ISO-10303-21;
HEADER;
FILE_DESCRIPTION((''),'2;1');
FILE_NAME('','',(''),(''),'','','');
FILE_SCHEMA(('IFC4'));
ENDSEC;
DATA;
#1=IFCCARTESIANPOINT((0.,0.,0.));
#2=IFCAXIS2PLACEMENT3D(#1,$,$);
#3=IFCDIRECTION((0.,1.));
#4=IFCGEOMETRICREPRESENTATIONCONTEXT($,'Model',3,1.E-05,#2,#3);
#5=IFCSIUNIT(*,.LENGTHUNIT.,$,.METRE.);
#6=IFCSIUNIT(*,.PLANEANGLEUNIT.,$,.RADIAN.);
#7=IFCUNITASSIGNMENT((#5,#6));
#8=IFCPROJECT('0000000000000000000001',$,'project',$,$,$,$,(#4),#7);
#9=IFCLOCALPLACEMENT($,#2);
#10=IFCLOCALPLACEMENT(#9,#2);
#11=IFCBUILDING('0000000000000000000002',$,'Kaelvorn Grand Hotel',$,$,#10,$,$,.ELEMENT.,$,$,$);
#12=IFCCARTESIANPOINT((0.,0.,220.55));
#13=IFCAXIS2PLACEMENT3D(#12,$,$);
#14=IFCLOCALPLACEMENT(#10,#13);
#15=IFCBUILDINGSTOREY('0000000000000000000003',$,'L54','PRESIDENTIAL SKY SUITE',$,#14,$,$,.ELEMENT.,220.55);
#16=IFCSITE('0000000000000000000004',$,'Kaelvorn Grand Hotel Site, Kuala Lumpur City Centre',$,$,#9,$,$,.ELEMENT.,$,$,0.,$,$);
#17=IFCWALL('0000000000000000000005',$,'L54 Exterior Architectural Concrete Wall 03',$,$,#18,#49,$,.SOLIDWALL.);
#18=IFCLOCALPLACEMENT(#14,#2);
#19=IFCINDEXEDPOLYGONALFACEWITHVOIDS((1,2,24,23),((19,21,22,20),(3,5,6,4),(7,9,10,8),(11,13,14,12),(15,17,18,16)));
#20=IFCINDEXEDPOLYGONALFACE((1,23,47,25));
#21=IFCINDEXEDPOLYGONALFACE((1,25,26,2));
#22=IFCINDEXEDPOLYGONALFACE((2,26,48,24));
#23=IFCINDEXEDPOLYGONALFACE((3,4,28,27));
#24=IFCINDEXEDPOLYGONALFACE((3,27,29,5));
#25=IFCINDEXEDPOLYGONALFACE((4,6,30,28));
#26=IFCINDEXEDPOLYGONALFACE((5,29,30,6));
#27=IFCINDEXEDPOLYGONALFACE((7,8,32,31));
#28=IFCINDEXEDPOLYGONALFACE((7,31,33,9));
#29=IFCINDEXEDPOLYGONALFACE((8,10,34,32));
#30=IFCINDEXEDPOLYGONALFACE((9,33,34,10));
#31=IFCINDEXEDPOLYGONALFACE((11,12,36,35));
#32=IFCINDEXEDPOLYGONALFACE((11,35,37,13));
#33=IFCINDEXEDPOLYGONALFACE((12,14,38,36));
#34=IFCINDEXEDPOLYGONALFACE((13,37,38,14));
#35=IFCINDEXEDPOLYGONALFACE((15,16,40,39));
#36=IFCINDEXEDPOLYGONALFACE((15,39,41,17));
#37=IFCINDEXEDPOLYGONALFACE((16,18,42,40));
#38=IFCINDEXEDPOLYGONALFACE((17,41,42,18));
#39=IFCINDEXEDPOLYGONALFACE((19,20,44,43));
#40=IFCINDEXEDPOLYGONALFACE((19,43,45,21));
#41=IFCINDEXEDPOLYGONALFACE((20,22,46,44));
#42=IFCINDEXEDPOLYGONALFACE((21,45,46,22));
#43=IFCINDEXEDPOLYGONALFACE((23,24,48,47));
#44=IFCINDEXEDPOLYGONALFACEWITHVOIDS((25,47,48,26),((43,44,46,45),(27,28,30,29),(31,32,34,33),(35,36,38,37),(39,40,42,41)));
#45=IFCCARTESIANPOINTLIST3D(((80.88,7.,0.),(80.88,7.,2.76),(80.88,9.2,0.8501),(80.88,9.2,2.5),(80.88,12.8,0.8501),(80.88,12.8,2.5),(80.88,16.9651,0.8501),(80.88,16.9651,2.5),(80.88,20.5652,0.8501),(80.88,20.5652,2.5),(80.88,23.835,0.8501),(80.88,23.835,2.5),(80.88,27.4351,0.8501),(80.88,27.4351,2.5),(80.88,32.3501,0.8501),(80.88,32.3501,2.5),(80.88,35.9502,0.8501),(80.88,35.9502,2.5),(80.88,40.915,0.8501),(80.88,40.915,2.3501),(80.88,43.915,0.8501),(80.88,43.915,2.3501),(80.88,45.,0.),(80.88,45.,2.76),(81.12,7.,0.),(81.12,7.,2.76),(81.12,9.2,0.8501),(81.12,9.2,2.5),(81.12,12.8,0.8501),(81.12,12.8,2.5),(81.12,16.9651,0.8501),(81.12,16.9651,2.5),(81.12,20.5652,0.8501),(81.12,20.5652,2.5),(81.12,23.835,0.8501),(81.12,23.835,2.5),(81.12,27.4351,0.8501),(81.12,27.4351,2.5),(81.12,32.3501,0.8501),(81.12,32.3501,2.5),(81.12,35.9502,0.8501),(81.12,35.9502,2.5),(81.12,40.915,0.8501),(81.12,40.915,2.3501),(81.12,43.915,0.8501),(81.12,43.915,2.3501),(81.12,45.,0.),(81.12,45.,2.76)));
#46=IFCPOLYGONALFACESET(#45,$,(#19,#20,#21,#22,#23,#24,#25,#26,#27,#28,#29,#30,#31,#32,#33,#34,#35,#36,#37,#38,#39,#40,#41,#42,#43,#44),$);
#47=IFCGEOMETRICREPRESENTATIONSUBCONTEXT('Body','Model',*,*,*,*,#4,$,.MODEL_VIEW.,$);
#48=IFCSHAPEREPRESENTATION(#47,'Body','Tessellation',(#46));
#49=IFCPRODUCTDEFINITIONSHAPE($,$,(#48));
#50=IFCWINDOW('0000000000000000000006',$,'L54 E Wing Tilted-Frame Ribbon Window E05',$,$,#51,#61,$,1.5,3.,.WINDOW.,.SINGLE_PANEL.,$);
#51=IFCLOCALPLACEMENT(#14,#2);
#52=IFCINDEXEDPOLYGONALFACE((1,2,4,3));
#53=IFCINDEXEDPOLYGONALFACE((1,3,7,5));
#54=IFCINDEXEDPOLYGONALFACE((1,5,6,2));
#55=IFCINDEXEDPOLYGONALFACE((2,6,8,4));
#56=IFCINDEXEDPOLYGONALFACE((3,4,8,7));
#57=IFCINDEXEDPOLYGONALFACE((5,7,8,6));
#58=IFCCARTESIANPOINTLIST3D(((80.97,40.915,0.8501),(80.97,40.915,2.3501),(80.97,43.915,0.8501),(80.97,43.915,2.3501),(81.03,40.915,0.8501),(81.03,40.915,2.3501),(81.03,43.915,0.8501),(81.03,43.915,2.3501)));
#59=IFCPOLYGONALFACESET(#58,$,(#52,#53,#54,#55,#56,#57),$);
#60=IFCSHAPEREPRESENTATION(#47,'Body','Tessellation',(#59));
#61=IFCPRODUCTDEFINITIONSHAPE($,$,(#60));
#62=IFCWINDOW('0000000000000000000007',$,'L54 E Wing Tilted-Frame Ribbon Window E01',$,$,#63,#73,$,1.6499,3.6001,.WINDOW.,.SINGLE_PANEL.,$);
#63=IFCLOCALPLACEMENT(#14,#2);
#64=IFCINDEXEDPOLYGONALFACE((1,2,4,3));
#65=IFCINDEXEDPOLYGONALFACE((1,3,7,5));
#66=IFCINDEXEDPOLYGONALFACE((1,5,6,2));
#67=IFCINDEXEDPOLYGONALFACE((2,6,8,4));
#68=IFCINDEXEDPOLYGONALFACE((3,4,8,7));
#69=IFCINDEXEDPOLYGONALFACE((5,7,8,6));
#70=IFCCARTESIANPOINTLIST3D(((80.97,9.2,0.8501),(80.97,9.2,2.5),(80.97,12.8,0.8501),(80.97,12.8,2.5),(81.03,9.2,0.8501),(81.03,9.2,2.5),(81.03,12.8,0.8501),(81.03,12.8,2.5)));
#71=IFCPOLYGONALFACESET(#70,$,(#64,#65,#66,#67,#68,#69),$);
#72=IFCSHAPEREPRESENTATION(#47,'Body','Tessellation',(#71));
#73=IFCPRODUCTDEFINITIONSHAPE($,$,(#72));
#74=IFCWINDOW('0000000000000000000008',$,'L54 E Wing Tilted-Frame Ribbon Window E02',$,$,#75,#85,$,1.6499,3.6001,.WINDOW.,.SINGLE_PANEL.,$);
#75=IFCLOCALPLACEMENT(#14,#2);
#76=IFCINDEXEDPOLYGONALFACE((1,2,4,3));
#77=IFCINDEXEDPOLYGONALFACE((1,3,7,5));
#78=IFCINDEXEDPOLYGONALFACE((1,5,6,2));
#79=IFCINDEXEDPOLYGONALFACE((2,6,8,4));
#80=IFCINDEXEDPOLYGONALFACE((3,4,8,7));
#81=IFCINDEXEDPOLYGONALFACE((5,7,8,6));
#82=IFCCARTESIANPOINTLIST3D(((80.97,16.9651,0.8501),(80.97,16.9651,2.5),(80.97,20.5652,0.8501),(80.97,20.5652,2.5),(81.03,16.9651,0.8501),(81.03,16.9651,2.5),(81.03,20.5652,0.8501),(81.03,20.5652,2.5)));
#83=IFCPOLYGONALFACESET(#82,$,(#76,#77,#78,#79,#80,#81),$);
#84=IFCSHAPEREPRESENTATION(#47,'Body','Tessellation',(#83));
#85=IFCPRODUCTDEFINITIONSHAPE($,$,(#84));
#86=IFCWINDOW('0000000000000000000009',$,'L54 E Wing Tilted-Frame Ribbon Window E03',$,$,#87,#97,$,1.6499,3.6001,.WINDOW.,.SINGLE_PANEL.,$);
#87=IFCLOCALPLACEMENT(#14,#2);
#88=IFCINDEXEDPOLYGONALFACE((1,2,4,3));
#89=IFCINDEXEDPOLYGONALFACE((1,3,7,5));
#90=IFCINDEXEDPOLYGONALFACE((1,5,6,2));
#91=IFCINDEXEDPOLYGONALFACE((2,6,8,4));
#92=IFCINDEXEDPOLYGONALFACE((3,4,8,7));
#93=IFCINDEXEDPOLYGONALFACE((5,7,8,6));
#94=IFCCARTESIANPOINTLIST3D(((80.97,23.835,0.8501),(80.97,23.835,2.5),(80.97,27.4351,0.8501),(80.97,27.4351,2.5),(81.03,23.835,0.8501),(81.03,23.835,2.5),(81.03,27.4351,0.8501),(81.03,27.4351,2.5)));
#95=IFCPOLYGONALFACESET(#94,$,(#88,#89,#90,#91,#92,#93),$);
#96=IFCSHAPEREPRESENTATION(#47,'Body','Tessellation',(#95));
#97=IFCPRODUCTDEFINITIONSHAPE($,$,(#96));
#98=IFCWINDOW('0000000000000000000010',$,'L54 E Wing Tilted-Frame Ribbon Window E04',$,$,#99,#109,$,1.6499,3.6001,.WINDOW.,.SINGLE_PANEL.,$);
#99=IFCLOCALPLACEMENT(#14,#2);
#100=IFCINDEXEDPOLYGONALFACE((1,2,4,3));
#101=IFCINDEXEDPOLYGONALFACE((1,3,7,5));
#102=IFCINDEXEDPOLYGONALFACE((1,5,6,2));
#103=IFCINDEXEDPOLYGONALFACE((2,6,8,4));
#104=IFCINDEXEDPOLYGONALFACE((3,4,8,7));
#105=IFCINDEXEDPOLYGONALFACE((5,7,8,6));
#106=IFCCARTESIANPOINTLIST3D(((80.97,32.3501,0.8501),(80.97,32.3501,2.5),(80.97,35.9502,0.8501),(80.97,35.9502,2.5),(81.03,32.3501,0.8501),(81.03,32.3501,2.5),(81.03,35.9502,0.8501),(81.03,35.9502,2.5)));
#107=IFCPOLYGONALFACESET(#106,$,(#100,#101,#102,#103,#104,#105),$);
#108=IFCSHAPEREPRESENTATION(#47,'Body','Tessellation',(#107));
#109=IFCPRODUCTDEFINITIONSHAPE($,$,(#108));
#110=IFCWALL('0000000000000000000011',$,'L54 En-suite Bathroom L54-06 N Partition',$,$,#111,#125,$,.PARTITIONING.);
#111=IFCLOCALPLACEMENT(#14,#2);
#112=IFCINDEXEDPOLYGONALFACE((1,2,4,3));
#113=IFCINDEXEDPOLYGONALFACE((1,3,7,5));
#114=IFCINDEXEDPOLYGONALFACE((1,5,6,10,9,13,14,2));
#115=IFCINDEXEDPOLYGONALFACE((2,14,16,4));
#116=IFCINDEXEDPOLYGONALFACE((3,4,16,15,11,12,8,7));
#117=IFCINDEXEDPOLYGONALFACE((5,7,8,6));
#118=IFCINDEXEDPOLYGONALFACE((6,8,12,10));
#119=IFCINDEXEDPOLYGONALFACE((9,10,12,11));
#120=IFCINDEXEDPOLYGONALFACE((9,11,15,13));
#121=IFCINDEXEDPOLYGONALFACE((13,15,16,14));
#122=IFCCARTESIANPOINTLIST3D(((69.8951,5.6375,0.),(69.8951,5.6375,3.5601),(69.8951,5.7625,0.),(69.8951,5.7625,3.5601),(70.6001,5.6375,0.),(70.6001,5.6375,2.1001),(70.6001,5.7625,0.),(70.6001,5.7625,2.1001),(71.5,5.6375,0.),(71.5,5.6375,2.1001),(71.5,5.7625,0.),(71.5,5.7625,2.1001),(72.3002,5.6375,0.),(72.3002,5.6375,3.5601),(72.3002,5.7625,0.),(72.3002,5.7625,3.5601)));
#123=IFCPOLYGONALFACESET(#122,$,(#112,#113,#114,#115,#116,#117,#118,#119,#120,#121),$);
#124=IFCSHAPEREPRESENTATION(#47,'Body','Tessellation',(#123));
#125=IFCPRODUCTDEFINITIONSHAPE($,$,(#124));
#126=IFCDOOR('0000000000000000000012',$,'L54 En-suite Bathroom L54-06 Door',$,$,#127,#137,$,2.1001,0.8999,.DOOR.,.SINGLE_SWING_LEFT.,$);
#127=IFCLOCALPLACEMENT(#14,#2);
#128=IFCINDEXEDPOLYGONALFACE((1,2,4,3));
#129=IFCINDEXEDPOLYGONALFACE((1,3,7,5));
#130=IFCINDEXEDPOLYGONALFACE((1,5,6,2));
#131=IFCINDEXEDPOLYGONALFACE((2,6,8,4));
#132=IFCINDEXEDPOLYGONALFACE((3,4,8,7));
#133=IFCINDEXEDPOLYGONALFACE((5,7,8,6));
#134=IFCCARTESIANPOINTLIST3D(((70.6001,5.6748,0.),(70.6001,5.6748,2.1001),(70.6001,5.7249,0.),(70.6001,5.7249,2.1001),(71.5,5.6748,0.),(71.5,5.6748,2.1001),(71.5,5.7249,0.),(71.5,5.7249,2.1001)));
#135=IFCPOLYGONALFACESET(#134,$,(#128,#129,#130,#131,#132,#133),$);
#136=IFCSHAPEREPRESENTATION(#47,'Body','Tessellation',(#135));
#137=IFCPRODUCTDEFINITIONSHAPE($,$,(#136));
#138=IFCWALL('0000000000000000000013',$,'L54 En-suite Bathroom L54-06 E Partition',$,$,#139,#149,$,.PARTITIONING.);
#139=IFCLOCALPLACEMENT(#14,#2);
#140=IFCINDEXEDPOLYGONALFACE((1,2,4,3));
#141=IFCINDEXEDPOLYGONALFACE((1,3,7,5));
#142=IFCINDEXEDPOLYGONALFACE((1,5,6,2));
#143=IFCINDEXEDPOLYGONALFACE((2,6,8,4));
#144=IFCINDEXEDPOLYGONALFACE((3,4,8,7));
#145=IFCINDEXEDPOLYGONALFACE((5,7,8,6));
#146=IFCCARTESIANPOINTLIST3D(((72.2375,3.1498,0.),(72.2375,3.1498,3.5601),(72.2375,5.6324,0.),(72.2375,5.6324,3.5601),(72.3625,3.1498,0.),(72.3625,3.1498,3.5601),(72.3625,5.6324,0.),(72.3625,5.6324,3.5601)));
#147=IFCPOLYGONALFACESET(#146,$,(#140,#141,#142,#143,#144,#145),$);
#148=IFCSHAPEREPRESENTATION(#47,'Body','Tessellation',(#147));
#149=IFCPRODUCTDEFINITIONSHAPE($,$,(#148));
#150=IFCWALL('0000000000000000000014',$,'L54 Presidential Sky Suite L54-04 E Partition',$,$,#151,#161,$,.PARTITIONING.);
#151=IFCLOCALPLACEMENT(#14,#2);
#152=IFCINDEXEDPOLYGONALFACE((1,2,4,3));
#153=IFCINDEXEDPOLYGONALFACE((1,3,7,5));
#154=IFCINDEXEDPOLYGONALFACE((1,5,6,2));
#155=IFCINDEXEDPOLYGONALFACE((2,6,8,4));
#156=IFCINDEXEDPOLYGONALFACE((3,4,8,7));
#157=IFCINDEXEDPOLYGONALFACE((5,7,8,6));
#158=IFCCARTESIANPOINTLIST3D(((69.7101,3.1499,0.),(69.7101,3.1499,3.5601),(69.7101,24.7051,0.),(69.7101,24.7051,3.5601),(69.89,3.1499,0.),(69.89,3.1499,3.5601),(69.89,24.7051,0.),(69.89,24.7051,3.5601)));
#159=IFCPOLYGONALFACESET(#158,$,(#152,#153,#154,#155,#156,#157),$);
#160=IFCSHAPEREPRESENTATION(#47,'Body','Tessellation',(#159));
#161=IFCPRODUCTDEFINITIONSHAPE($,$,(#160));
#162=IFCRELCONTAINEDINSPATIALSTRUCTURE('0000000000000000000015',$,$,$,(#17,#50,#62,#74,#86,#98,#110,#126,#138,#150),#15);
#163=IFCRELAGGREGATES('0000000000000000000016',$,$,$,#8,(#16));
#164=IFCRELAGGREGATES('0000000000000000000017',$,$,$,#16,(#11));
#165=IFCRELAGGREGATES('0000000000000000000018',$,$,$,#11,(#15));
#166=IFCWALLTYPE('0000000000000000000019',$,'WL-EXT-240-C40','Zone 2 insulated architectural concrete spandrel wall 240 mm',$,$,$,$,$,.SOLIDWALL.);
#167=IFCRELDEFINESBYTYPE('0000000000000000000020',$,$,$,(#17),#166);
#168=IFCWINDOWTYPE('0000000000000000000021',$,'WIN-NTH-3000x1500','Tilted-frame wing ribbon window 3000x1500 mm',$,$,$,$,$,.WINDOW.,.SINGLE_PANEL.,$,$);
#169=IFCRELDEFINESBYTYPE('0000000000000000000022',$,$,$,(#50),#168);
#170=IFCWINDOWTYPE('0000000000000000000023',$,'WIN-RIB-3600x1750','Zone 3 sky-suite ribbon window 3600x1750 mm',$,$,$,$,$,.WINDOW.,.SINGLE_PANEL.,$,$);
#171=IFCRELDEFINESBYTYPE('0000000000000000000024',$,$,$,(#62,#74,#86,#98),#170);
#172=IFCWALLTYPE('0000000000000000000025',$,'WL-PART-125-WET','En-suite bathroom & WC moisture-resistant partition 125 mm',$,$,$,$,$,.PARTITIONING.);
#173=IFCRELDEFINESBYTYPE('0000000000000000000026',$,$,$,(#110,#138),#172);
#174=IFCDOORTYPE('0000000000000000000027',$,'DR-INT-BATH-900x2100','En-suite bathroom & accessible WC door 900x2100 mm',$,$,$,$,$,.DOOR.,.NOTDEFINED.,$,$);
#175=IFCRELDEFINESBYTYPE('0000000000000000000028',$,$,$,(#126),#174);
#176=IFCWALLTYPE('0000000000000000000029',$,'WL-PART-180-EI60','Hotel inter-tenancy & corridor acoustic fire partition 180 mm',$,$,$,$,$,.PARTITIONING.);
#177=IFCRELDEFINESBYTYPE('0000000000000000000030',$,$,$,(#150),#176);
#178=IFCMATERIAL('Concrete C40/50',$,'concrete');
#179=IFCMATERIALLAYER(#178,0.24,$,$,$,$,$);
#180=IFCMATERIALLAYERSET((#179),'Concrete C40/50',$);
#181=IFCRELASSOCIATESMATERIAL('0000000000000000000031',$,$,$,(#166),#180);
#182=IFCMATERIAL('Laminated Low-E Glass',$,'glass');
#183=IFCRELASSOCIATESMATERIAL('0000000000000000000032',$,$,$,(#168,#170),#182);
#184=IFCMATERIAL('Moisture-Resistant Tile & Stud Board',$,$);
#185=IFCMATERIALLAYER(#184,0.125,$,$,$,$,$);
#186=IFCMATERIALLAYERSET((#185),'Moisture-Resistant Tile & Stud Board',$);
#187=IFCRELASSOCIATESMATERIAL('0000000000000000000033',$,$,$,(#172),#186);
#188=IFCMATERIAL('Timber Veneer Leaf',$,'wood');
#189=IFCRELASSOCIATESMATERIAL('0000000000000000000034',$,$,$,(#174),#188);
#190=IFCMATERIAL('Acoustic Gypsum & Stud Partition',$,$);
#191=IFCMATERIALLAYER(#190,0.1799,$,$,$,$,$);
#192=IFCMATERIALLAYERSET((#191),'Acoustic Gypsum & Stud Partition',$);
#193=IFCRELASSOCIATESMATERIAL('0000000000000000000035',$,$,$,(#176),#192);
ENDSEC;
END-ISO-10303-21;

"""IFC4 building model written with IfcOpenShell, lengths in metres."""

from ifc_helpers import new_model, si_unit, direction, frame, frame_2d, origin, place, context, subcontext, project, spatial, rectangle, extrude, material, layer, layer_set, type_object, element, fill, save


model = new_model("IFC4")

# Units and contexts
model_context = context("Model", 3, precision=1e-05, world=origin(), true_north=direction((0.0, 1.0)))
body_context = subcontext(model_context, "Body", "Model", "MODEL_VIEW")
ifc_project = project(units=[si_unit("LENGTHUNIT", "METRE"), si_unit("PLANEANGLEUNIT", "RADIAN")], contexts=[model_context])

# Site, building, storey
site_placement = place(None, origin())
site = spatial("IfcSite", under=ifc_project, at=site_placement, Name="Kaelvorn Grand Hotel Site, Kuala Lumpur City Centre", CompositionType="ELEMENT", RefElevation=0.0)
building_placement = place(site_placement, origin())
building = spatial("IfcBuilding", under=site, at=building_placement, Name="Kaelvorn Grand Hotel", CompositionType="ELEMENT")
storey_placement = place(building_placement, frame((0.0, 0.0, 220.55)))
storey = spatial("IfcBuildingStorey", under=building, at=storey_placement, Name="L54", Description="PRESIDENTIAL SKY SUITE", CompositionType="ELEMENT", Elevation=220.55)

# Shared definitions
ifc_material_1 = material(Name="Concrete C40/50", Category="concrete")

# Shared definitions
ifc_layer_1 = layer(ifc_material_1, 0.24)
ifc_layer_set_1 = layer_set([ifc_layer_1], Name="Concrete C40/50")
wall_type_1 = type_object("IfcWallType", Name="WL-EXT-240-C40", Description="Zone 2 insulated architectural concrete spandrel wall 240 mm", PredefinedType="SOLIDWALL", material=ifc_layer_set_1)
ifc_material_2 = material(Name="Laminated Low-E Glass", Category="glass")

# Wall, openings, windows
wall_1_placement = place(storey_placement, frame((81.0, 7.0, 0.0), z_axis=(0.0, 0.0, 1.0), x_axis=(0.0, 1.0, 0.0)))
wall_1 = element("IfcWall", 1, at=wall_1_placement, inside=storey, type_object=wall_type_1, Name="L54 Exterior Architectural Concrete Wall 03", PredefinedType="SOLIDWALL", context=body_context, shape_type="SweptSolid", body=[
    extrude(rectangle(XDim=38.0, YDim=0.24, at=frame_2d((19.0, 0.0))), origin(), (0.0, 0.0, 1.0), 2.76),
])
opening_1_placement = place(wall_1_placement, frame((2.2, 0.0, 0.8501)))
opening_1 = element("IfcOpeningElement", 2, at=opening_1_placement, cuts=wall_1, PredefinedType="OPENING", context=body_context, shape_type="SweptSolid", body=[
    extrude(rectangle(XDim=3.6001, YDim=1.6499, at=frame_2d((1.8, 0.825))), frame((0.0, 0.1299, 0.0), z_axis=(0.0, -1.0, 0.0), x_axis=(1.0, 0.0, 0.0)), (0.0, 0.0, 1.0), 0.26),
])
opening_2_placement = place(wall_1_placement, frame((9.9651, 0.0, 0.8501)))
opening_2 = element("IfcOpeningElement", 3, at=opening_2_placement, cuts=wall_1, PredefinedType="OPENING", context=body_context, shape_type="SweptSolid", body=[
    extrude(rectangle(XDim=3.6001, YDim=1.6499, at=frame_2d((1.8, 0.825))), frame((0.0, 0.1299, 0.0), z_axis=(0.0, -1.0, 0.0), x_axis=(1.0, 0.0, 0.0)), (0.0, 0.0, 1.0), 0.26),
])
opening_3_placement = place(wall_1_placement, frame((16.835, 0.0, 0.8501)))
opening_3 = element("IfcOpeningElement", 4, at=opening_3_placement, cuts=wall_1, PredefinedType="OPENING", context=body_context, shape_type="SweptSolid", body=[
    extrude(rectangle(XDim=3.6001, YDim=1.6499, at=frame_2d((1.8, 0.825))), frame((0.0, 0.1299, 0.0), z_axis=(0.0, -1.0, 0.0), x_axis=(1.0, 0.0, 0.0)), (0.0, 0.0, 1.0), 0.26),
])
opening_4_placement = place(wall_1_placement, frame((25.3501, 0.0, 0.8501)))
opening_4 = element("IfcOpeningElement", 5, at=opening_4_placement, cuts=wall_1, PredefinedType="OPENING", context=body_context, shape_type="SweptSolid", body=[
    extrude(rectangle(XDim=3.6001, YDim=1.6499, at=frame_2d((1.8, 0.825))), frame((0.0, 0.1299, 0.0), z_axis=(0.0, -1.0, 0.0), x_axis=(1.0, 0.0, 0.0)), (0.0, 0.0, 1.0), 0.26),
])
opening_5_placement = place(wall_1_placement, frame((33.915, 0.0, 0.8501)))
opening_5 = element("IfcOpeningElement", 6, at=opening_5_placement, cuts=wall_1, PredefinedType="OPENING", context=body_context, shape_type="SweptSolid", body=[
    extrude(rectangle(XDim=3.0, YDim=1.5, at=frame_2d((1.5, 0.75))), frame((0.0, 0.1299, 0.0), z_axis=(0.0, -1.0, 0.0), x_axis=(1.0, 0.0, 0.0)), (0.0, 0.0, 1.0), 0.26),
])
window_type_1 = type_object("IfcWindowType", Name="WIN-NTH-3000x1500", Description="Tilted-frame wing ribbon window 3000x1500 mm", PartitioningType="SINGLE_PANEL", PredefinedType="WINDOW", material=ifc_material_2)
window_1_placement = place(opening_5_placement, origin())
window_1 = element("IfcWindow", 7, at=window_1_placement, inside=storey, type_object=window_type_1, Name="L54 E Wing Tilted-Frame Ribbon Window E05", OverallHeight=1.5, OverallWidth=3.0, PartitioningType="SINGLE_PANEL", PredefinedType="WINDOW", context=body_context, shape_type="SweptSolid", body=[
    extrude(rectangle(XDim=3.0, YDim=1.5, at=frame_2d((1.5, 0.75))), frame((0.0, 0.03, 0.0), z_axis=(0.0, -1.0, 0.0), x_axis=(1.0, 0.0, 0.0)), (0.0, 0.0, 1.0), 0.0601),
])
fill(opening_5, window_1)
window_type_2 = type_object("IfcWindowType", Name="WIN-RIB-3600x1750", Description="Zone 3 sky-suite ribbon window 3600x1750 mm", PartitioningType="SINGLE_PANEL", PredefinedType="WINDOW", material=ifc_material_2)
window_2_placement = place(opening_1_placement, origin())
window_2 = element("IfcWindow", 8, at=window_2_placement, inside=storey, type_object=window_type_2, Name="L54 E Wing Tilted-Frame Ribbon Window E01", OverallHeight=1.6499, OverallWidth=3.6001, PartitioningType="SINGLE_PANEL", PredefinedType="WINDOW", context=body_context, shape_type="SweptSolid", body=[
    extrude(rectangle(XDim=3.6001, YDim=1.6499, at=frame_2d((1.8, 0.825))), frame((0.0, 0.03, 0.0), z_axis=(0.0, -1.0, 0.0), x_axis=(1.0, 0.0, 0.0)), (0.0, 0.0, 1.0), 0.0601),
])
fill(opening_1, window_2)
window_3_placement = place(opening_2_placement, origin())
window_3 = element("IfcWindow", 9, at=window_3_placement, inside=storey, type_object=window_type_2, Name="L54 E Wing Tilted-Frame Ribbon Window E02", OverallHeight=1.6499, OverallWidth=3.6001, PartitioningType="SINGLE_PANEL", PredefinedType="WINDOW", context=body_context, shape_type="SweptSolid", body=[
    extrude(rectangle(XDim=3.6001, YDim=1.6499, at=frame_2d((1.8, 0.825))), frame((0.0, 0.03, 0.0), z_axis=(0.0, -1.0, 0.0), x_axis=(1.0, 0.0, 0.0)), (0.0, 0.0, 1.0), 0.0601),
])
fill(opening_2, window_3)
window_4_placement = place(opening_3_placement, origin())
window_4 = element("IfcWindow", 10, at=window_4_placement, inside=storey, type_object=window_type_2, Name="L54 E Wing Tilted-Frame Ribbon Window E03", OverallHeight=1.6499, OverallWidth=3.6001, PartitioningType="SINGLE_PANEL", PredefinedType="WINDOW", context=body_context, shape_type="SweptSolid", body=[
    extrude(rectangle(XDim=3.6001, YDim=1.6499, at=frame_2d((1.8, 0.825))), frame((0.0, 0.03, 0.0), z_axis=(0.0, -1.0, 0.0), x_axis=(1.0, 0.0, 0.0)), (0.0, 0.0, 1.0), 0.0601),
])
fill(opening_3, window_4)
window_5_placement = place(opening_4_placement, origin())
window_5 = element("IfcWindow", 11, at=window_5_placement, inside=storey, type_object=window_type_2, Name="L54 E Wing Tilted-Frame Ribbon Window E04", OverallHeight=1.6499, OverallWidth=3.6001, PartitioningType="SINGLE_PANEL", PredefinedType="WINDOW", context=body_context, shape_type="SweptSolid", body=[
    extrude(rectangle(XDim=3.6001, YDim=1.6499, at=frame_2d((1.8, 0.825))), frame((0.0, 0.03, 0.0), z_axis=(0.0, -1.0, 0.0), x_axis=(1.0, 0.0, 0.0)), (0.0, 0.0, 1.0), 0.0601),
])
fill(opening_4, window_5)

# Wall, opening, door
ifc_material_3 = material(Name="Moisture-Resistant Tile & Stud Board")
ifc_layer_2 = layer(ifc_material_3, 0.125)
ifc_layer_set_2 = layer_set([ifc_layer_2], Name="Moisture-Resistant Tile & Stud Board")
wall_type_2 = type_object("IfcWallType", Name="WL-PART-125-WET", Description="En-suite bathroom & WC moisture-resistant partition 125 mm", PredefinedType="PARTITIONING", material=ifc_layer_set_2)
wall_2_placement = place(storey_placement, frame((69.895, 5.7, 0.0), z_axis=(0.0, 0.0, 1.0), x_axis=(1.0, 0.0, 0.0)))
wall_2 = element("IfcWall", 12, at=wall_2_placement, inside=storey, type_object=wall_type_2, Name="L54 En-suite Bathroom L54-06 N Partition", PredefinedType="PARTITIONING", context=body_context, shape_type="SweptSolid", body=[
    extrude(rectangle(XDim=2.405, YDim=0.125, at=frame_2d((1.2026, 0.0))), origin(), (0.0, 0.0, 1.0), 3.5601),
])
opening_6_placement = place(wall_2_placement, frame((0.7051, 0.0, 0.0)))
opening_6 = element("IfcOpeningElement", 13, at=opening_6_placement, cuts=wall_2, PredefinedType="OPENING", context=body_context, shape_type="SweptSolid", body=[
    extrude(rectangle(XDim=0.8999, YDim=2.1001, at=frame_2d((0.45, 1.05))), frame((0.0, 0.0725, 0.0), z_axis=(0.0, -1.0, 0.0), x_axis=(1.0, 0.0, 0.0)), (0.0, 0.0, 1.0), 0.145),
])
ifc_material_4 = material(Name="Timber Veneer Leaf", Category="wood")
door_type = type_object("IfcDoorType", Name="DR-INT-BATH-900x2100", Description="En-suite bathroom & accessible WC door 900x2100 mm", OperationType="NOTDEFINED", PredefinedType="DOOR", material=ifc_material_4)
door_placement = place(opening_6_placement, origin())
door = element("IfcDoor", 14, at=door_placement, inside=storey, type_object=door_type, Name="L54 En-suite Bathroom L54-06 Door", OperationType="SINGLE_SWING_LEFT", OverallHeight=2.1001, OverallWidth=0.8999, PredefinedType="DOOR", context=body_context, shape_type="SweptSolid", body=[
    extrude(rectangle(XDim=0.8999, YDim=2.1001, at=frame_2d((0.45, 1.05))), frame((0.0, 0.0249, 0.0), z_axis=(0.0, -1.0, 0.0), x_axis=(1.0, 0.0, 0.0)), (0.0, 0.0, 1.0), 0.05),
])
fill(opening_6, door)

# Walls
wall_3_placement = place(storey_placement, frame((72.3, 3.1499, 0.0), z_axis=(0.0, 0.0, 1.0), x_axis=(0.0, 1.0, 0.0)))
element("IfcWall", 15, at=wall_3_placement, inside=storey, type_object=wall_type_2, Name="L54 En-suite Bathroom L54-06 E Partition", PredefinedType="PARTITIONING", context=body_context, shape_type="SweptSolid", body=[
    extrude(rectangle(XDim=2.4827, YDim=0.125, at=frame_2d((1.2412, 0.0))), origin(), (0.0, 0.0, 1.0), 3.5601),
])
ifc_material_5 = material(Name="Acoustic Gypsum & Stud Partition")
ifc_layer_3 = layer(ifc_material_5, 0.1799)
ifc_layer_set_3 = layer_set([ifc_layer_3], Name="Acoustic Gypsum & Stud Partition")
wall_type_3 = type_object("IfcWallType", Name="WL-PART-180-EI60", Description="Hotel inter-tenancy & corridor acoustic fire partition 180 mm", PredefinedType="PARTITIONING", material=ifc_layer_set_3)
wall_4_placement = place(storey_placement, frame((69.8, 3.1499, 0.0), z_axis=(0.0, 0.0, 1.0), x_axis=(0.0, 1.0, 0.0)))
element("IfcWall", 16, at=wall_4_placement, inside=storey, type_object=wall_type_3, Name="L54 Presidential Sky Suite L54-04 E Partition", PredefinedType="PARTITIONING", context=body_context, shape_type="SweptSolid", body=[
    extrude(rectangle(XDim=21.5552, YDim=0.1799, at=frame_2d((10.7776, 0.0))), origin(), (0.0, 0.0, 1.0), 3.5601),
])

save(model, "model.ifc")
